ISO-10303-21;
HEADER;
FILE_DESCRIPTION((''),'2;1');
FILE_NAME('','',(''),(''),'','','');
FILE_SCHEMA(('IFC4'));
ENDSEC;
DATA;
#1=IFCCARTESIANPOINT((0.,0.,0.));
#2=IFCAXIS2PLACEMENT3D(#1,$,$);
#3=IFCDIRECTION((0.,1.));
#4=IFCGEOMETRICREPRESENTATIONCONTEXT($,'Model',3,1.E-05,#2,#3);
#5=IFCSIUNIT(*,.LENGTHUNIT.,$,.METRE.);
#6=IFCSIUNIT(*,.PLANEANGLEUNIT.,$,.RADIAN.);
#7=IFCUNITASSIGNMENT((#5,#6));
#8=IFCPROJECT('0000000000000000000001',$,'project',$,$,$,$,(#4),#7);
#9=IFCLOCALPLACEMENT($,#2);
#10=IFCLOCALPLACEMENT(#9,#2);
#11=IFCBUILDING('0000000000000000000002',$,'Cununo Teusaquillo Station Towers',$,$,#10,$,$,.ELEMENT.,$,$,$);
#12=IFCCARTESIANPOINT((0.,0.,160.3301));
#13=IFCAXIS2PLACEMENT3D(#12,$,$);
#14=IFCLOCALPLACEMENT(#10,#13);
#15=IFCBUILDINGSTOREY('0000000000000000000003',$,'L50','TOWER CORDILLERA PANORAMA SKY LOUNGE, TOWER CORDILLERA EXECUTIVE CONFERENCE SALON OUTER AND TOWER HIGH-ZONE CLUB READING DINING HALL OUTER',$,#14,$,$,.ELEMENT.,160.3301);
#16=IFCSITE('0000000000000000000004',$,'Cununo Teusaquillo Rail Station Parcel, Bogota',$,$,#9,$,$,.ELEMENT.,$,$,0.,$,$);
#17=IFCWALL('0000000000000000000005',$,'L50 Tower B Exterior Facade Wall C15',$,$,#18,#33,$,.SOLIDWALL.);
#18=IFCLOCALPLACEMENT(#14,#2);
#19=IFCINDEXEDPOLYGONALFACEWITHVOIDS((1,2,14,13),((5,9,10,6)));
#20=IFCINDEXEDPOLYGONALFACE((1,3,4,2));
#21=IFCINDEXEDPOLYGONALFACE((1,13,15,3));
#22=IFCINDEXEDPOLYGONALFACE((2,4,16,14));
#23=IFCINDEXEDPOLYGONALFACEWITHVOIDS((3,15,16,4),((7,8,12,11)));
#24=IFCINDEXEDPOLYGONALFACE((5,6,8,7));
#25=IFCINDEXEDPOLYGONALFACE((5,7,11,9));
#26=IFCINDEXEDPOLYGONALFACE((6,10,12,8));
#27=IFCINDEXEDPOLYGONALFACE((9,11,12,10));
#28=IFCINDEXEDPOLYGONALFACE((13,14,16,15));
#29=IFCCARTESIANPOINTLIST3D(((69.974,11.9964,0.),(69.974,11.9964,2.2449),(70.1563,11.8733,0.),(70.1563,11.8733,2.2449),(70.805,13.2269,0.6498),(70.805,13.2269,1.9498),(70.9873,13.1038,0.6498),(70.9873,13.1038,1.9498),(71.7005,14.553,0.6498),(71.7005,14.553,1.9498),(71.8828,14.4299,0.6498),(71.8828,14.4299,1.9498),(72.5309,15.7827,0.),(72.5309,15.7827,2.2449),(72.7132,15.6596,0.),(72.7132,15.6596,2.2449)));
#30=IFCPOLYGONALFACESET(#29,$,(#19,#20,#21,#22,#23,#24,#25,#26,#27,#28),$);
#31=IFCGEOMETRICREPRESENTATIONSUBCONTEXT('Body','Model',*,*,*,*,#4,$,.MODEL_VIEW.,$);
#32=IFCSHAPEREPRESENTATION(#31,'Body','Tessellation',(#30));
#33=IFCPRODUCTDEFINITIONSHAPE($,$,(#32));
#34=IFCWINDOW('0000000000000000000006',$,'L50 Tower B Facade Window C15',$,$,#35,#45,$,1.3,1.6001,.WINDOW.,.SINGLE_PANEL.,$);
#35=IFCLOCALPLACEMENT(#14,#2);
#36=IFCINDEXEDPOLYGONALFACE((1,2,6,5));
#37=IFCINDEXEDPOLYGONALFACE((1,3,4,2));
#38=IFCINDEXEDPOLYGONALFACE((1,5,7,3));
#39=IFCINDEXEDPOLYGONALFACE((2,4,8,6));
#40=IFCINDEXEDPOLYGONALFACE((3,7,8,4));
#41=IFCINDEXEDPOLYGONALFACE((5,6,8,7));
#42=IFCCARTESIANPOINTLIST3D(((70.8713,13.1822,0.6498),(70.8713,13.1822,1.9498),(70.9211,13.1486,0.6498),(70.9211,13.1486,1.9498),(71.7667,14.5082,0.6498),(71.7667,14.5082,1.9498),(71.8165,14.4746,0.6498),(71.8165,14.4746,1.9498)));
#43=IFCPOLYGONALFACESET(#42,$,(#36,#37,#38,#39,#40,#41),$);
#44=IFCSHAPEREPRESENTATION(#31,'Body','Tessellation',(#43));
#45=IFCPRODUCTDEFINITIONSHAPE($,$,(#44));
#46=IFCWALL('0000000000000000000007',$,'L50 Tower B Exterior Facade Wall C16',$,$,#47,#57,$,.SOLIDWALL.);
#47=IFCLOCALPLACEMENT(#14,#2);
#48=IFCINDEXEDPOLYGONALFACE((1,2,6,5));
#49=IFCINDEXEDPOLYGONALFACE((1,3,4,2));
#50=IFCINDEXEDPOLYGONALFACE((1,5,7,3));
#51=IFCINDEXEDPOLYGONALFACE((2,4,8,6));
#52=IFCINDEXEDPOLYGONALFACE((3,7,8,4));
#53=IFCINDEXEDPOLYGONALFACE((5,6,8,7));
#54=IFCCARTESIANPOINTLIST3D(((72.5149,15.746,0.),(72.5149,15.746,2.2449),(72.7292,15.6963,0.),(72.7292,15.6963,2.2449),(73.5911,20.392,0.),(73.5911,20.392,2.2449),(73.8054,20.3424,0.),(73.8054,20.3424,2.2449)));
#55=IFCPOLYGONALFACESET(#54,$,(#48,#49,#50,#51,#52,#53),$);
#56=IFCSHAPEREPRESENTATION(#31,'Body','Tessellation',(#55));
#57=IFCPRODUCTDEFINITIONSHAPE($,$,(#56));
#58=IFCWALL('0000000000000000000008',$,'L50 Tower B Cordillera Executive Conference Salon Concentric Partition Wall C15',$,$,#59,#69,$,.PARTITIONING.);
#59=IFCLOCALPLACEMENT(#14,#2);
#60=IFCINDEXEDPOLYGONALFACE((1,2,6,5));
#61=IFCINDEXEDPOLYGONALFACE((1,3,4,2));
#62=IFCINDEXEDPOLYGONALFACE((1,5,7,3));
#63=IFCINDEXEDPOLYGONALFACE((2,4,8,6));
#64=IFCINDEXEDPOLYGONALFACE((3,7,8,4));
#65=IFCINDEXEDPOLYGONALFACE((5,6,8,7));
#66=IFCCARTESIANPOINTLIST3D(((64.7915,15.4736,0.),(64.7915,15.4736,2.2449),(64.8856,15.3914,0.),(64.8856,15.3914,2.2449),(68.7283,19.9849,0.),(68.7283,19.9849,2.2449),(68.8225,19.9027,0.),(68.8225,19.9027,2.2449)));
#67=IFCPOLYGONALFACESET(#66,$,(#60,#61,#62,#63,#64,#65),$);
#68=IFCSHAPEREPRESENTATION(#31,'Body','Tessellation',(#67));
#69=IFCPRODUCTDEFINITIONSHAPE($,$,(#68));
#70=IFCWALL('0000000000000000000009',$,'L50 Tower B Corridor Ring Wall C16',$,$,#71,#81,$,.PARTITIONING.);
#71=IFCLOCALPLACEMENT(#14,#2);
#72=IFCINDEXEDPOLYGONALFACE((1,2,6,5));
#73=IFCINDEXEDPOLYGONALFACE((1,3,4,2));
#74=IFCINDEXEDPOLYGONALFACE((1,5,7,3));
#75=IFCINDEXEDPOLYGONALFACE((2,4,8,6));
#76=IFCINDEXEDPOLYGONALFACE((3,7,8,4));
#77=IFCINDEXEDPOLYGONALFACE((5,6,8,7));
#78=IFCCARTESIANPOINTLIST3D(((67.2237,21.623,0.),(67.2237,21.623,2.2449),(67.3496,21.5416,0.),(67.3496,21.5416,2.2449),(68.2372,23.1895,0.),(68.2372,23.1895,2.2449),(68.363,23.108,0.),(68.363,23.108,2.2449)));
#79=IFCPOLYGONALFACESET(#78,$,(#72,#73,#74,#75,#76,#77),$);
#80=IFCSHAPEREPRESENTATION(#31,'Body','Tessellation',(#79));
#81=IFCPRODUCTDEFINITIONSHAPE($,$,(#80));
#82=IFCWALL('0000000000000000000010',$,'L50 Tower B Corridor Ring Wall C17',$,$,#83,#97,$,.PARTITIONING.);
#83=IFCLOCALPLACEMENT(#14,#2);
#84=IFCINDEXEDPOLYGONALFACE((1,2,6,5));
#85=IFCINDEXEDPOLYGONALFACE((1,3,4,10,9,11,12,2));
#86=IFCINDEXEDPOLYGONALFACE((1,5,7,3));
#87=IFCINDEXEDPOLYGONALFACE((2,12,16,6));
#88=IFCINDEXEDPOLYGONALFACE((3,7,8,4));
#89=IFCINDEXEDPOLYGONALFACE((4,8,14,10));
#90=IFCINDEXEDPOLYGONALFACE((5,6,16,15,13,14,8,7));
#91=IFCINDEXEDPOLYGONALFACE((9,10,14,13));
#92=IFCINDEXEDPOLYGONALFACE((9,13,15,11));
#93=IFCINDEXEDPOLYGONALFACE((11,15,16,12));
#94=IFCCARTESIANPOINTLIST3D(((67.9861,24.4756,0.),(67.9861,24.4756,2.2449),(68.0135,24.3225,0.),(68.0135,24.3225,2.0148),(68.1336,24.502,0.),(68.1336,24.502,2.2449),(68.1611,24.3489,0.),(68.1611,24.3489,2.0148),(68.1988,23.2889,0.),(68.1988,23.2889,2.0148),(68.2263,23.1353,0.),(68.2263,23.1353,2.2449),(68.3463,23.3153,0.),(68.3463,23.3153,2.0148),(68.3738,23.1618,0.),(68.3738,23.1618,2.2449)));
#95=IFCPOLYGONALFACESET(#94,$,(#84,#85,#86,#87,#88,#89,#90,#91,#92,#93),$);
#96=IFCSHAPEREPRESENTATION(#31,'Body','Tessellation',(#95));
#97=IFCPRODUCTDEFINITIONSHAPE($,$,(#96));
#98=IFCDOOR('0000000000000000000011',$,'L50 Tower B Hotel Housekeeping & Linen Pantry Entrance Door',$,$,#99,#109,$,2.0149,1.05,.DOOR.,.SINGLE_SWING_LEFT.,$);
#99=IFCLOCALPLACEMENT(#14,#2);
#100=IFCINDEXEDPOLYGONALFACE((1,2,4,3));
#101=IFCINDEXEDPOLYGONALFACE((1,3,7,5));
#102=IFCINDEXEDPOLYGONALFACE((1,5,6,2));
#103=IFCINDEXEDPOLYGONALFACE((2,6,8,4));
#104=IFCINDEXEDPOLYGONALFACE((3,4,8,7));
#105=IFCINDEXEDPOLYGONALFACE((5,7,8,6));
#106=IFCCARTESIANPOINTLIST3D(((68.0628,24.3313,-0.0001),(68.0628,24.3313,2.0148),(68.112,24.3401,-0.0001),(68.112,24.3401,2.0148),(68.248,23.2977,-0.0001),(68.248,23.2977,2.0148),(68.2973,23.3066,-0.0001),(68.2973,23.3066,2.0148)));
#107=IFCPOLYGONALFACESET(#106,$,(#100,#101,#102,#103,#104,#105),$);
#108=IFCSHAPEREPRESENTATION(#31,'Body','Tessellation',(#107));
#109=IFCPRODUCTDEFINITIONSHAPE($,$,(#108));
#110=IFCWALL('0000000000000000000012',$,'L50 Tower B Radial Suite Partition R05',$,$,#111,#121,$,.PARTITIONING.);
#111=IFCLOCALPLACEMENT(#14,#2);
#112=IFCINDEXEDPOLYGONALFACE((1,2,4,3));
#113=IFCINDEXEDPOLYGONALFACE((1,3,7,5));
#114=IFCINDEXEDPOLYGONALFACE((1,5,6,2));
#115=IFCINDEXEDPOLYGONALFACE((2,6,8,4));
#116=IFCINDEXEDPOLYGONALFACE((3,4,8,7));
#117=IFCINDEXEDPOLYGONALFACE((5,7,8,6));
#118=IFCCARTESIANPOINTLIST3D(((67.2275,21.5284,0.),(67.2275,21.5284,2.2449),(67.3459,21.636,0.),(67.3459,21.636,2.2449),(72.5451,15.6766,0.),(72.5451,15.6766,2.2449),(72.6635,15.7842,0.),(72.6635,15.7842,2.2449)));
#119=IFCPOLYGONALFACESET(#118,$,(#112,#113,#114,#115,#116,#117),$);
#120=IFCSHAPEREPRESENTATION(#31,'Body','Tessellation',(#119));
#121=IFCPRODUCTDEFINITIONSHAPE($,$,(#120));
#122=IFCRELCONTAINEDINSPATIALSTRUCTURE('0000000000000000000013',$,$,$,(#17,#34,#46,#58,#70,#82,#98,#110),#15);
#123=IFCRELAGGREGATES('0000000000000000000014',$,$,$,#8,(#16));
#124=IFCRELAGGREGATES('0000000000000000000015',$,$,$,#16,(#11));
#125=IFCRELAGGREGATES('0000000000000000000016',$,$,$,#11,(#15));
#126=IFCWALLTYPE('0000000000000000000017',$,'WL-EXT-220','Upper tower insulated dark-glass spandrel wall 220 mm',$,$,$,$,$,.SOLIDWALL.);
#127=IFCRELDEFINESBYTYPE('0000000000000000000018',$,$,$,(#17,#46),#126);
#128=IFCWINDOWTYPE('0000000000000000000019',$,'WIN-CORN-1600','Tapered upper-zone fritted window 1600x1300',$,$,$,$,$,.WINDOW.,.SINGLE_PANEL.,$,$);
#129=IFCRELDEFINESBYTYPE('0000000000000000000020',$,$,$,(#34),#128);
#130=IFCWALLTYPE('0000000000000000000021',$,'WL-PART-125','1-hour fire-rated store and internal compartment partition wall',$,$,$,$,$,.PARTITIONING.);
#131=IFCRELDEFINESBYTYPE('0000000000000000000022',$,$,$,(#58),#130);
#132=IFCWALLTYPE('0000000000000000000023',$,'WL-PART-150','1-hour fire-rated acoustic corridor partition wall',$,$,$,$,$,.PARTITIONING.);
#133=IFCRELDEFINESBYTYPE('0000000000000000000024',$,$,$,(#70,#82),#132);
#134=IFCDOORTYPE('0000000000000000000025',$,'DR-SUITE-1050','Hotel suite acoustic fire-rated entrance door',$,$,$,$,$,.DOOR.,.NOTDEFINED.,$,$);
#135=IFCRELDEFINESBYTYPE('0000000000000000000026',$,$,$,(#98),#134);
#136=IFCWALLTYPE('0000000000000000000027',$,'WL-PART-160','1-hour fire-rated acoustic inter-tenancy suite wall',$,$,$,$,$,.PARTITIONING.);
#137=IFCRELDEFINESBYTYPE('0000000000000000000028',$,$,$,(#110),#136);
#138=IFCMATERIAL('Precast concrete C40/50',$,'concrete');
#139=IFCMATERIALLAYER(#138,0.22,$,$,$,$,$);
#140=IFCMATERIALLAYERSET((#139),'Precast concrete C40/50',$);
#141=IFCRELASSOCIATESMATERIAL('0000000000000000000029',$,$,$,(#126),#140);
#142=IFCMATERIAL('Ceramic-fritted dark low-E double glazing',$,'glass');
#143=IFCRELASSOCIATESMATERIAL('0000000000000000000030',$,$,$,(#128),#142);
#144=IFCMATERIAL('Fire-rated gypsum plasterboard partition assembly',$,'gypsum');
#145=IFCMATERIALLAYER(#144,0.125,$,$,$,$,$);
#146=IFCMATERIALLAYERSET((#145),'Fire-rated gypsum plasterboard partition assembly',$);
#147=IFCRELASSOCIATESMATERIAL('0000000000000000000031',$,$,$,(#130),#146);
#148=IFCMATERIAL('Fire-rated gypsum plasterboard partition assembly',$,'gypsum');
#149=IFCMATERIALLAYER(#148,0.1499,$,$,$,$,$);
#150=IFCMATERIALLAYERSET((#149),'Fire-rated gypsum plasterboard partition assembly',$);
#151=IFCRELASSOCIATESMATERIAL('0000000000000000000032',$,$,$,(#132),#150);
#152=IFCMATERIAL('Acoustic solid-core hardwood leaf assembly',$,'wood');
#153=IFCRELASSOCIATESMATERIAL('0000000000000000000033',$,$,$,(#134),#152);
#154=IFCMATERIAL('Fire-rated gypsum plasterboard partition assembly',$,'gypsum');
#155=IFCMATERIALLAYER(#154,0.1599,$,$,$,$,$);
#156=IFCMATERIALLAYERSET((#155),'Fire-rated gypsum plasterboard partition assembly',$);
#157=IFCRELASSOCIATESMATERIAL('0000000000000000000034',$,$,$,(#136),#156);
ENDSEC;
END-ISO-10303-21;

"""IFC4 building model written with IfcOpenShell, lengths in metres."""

from ifc_helpers import new_model, si_unit, direction, frame, frame_2d, origin, place, context, subcontext, project, spatial, rectangle, extrude, source, transform, mapped, material, layer, layer_set, type_object, element, fill, save


model = new_model("IFC4")

# Units and contexts
model_context = context("Model", 3, precision=1e-05, world=origin(), true_north=direction((0.0, 1.0)))
body_context = subcontext(model_context, "Body", "Model", "MODEL_VIEW")
ifc_project = project(units=[si_unit("LENGTHUNIT", "METRE"), si_unit("PLANEANGLEUNIT", "RADIAN")], contexts=[model_context])

# Site, building, storey
site_placement = place(None, origin())
site = spatial("IfcSite", under=ifc_project, at=site_placement, Name="Cununo Teusaquillo Rail Station Parcel, Bogota", CompositionType="ELEMENT", RefElevation=0.0)
building_placement = place(site_placement, origin())
building = spatial("IfcBuilding", under=site, at=building_placement, Name="Cununo Teusaquillo Station Towers", CompositionType="ELEMENT")
storey_placement = place(building_placement, frame((0.0, 0.0, 160.3301)))
storey = spatial("IfcBuildingStorey", under=building, at=storey_placement, Name="L50", Description="TOWER CORDILLERA PANORAMA SKY LOUNGE, TOWER CORDILLERA EXECUTIVE CONFERENCE SALON OUTER AND TOWER HIGH-ZONE CLUB READING DINING HALL OUTER", CompositionType="ELEMENT", Elevation=160.3301)

# Shared definitions
ifc_material_1 = material(Name="Precast concrete C40/50", Category="concrete")
ifc_layer_1 = layer(ifc_material_1, 0.22)
ifc_layer_set_1 = layer_set([ifc_layer_1], Name="Precast concrete C40/50")
wall_type_1 = type_object("IfcWallType", Name="WL-EXT-220", Description="Upper tower insulated dark-glass spandrel wall 220 mm", PredefinedType="SOLIDWALL", material=ifc_layer_set_1)
shared_shape_1 = source(origin(), body_context, "Body", "SweptSolid", [
    extrude(rectangle(XDim=1.6001, YDim=1.3, at=frame_2d((0.8, 0.6499))), frame((0.0, 0.1199, 0.0), z_axis=(0.0, -1.0, 0.0), x_axis=(1.0, 0.0, 0.0)), (0.0, 0.0, 1.0), 0.24),
])
ifc_material_2 = material(Name="Ceramic-fritted dark low-E double glazing", Category="glass")
window_type = type_object("IfcWindowType", Name="WIN-CORN-1600", Description="Tapered upper-zone fritted window 1600x1300", PartitioningType="SINGLE_PANEL", PredefinedType="WINDOW", material=ifc_material_2)
shared_shape_2 = source(origin(), body_context, "Body", "SweptSolid", [
    extrude(rectangle(XDim=1.6001, YDim=1.3, at=frame_2d((0.8, 0.6499))), frame((0.0, 0.03, 0.0), z_axis=(0.0, -1.0, 0.0), x_axis=(1.0, 0.0, 0.0)), (0.0, 0.0, 1.0), 0.0601),
])

# Wall, opening, window
wall_1_placement = place(storey_placement, frame((72.6221, 15.7212, 0.0), z_axis=(0.0, 0.0, 1.0), x_axis=(-0.559635, -0.828739, 0.0)))
wall_1 = element("IfcWall", 1, at=wall_1_placement, inside=storey, type_object=wall_type_1, Name="L50 Tower B Exterior Facade Wall C15", PredefinedType="SOLIDWALL", context=body_context, shape_type="SweptSolid", body=[
    extrude(rectangle(XDim=4.5688, YDim=0.22, at=frame_2d((2.2844, 0.0))), origin(), (0.0, 0.0, 1.0), 2.2449),
])
opening_1_placement = place(wall_1_placement, frame((1.4839, 0.0, 0.6499)))
opening_1 = element("IfcOpeningElement", 2, at=opening_1_placement, cuts=wall_1, PredefinedType="OPENING", context=body_context, shape_type="MappedRepresentation", body=[
    mapped(shared_shape_1, transform((0.0, 0.0, 0.0), x_axis=(1.0, 0.0, 0.0), y_axis=(0.0, 1.0, 0.0), z_axis=(0.0, 0.0, 1.0), scale=1.0)),
])
window_1_placement = place(opening_1_placement, origin())
window_1 = element("IfcWindow", 3, at=window_1_placement, inside=storey, type_object=window_type, Name="L50 Tower B Facade Window C15", OverallHeight=1.3, OverallWidth=1.6001, PartitioningType="SINGLE_PANEL", PredefinedType="WINDOW", context=body_context, shape_type="MappedRepresentation", body=[
    mapped(shared_shape_2, transform((0.0, 0.0, 0.0), x_axis=(1.0, 0.0, 0.0), y_axis=(0.0, 1.0, 0.0), z_axis=(0.0, 0.0, 1.0), scale=1.0)),
])
fill(opening_1, window_1)

# Walls
wall_2_placement = place(storey_placement, frame((73.6982, 20.3672, 0.0), z_axis=(0.0, 0.0, 1.0), x_axis=(-0.22566, -0.974206, 0.0)))
element("IfcWall", 4, at=wall_2_placement, inside=storey, type_object=wall_type_1, Name="L50 Tower B Exterior Facade Wall C16", PredefinedType="SOLIDWALL", context=body_context, shape_type="SweptSolid", body=[
    extrude(rectangle(XDim=4.769, YDim=0.22, at=frame_2d((2.3845, 0.0))), origin(), (0.0, 0.0, 1.0), 2.2449),
])
ifc_material_3 = material(Name="Fire-rated gypsum plasterboard partition assembly", Category="gypsum")
ifc_layer_2 = layer(ifc_material_3, 0.125)
ifc_layer_set_2 = layer_set([ifc_layer_2], Name="Fire-rated gypsum plasterboard partition assembly")
wall_type_2 = type_object("IfcWallType", Name="WL-PART-125", Description="1-hour fire-rated store and internal compartment partition wall", PredefinedType="PARTITIONING", material=ifc_layer_set_2)
wall_3_placement = place(storey_placement, frame((64.8386, 15.4326, 0.0), z_axis=(0.0, 0.0, 1.0), x_axis=(0.657505, 0.75345, 0.0)))
element("IfcWall", 5, at=wall_3_placement, inside=storey, type_object=wall_type_2, Name="L50 Tower B Cordillera Executive Conference Salon Concentric Partition Wall C15", PredefinedType="PARTITIONING", context=body_context, shape_type="SweptSolid", body=[
    extrude(rectangle(XDim=5.9875, YDim=0.125, at=frame_2d((2.9937, 0.0))), origin(), (0.0, 0.0, 1.0), 2.2449),
])
ifc_material_4 = material(Name="Fire-rated gypsum plasterboard partition assembly", Category="gypsum")
ifc_layer_3 = layer(ifc_material_4, 0.1499)
ifc_layer_set_3 = layer_set([ifc_layer_3], Name="Fire-rated gypsum plasterboard partition assembly")
wall_type_3 = type_object("IfcWallType", Name="WL-PART-150", Description="1-hour fire-rated acoustic corridor partition wall", PredefinedType="PARTITIONING", material=ifc_layer_set_3)
wall_4_placement = place(storey_placement, frame((67.2866, 21.5823, 0.0), z_axis=(0.0, 0.0, 1.0), x_axis=(0.543202, 0.839602, 0.0)))
element("IfcWall", 6, at=wall_4_placement, inside=storey, type_object=wall_type_3, Name="L50 Tower B Corridor Ring Wall C16", PredefinedType="PARTITIONING", context=body_context, shape_type="SweptSolid", body=[
    extrude(rectangle(XDim=1.8657, YDim=0.1499, at=frame_2d((0.9329, 0.0))), origin(), (0.0, 0.0, 1.0), 2.2449),
])

# Wall, opening, door
wall_5_placement = place(storey_placement, frame((68.3, 23.1487, 0.0), z_axis=(0.0, 0.0, 1.0), x_axis=(-0.176424, 0.984314, 0.0)))
wall_5 = element("IfcWall", 7, at=wall_5_placement, inside=storey, type_object=wall_type_3, Name="L50 Tower B Corridor Ring Wall C17", PredefinedType="PARTITIONING", context=body_context, shape_type="SweptSolid", body=[
    extrude(rectangle(XDim=1.3616, YDim=0.1499, at=frame_2d((0.6807, 0.0))), origin(), (0.0, 0.0, 1.0), 2.2449),
])
shared_shape_3 = source(origin(), body_context, "Body", "SweptSolid", [
    extrude(rectangle(XDim=1.05, YDim=2.0149, at=frame_2d((0.5249, 1.0073))), frame((0.0, 0.085, 0.0), z_axis=(0.0, -1.0, 0.0), x_axis=(1.0, 0.0, 0.0)), (0.0, 0.0, 1.0), 0.1699),
])
opening_2_placement = place(wall_5_placement, frame((0.156, 0.0, 0.0)))
opening_2 = element("IfcOpeningElement", 8, at=opening_2_placement, cuts=wall_5, PredefinedType="OPENING", context=body_context, shape_type="MappedRepresentation", body=[
    mapped(shared_shape_3, transform((0.0, 0.0, 0.0), x_axis=(1.0, 0.0, 0.0), y_axis=(0.0, 1.0, 0.0), z_axis=(0.0, 0.0, 1.0), scale=1.0)),
])
ifc_material_5 = material(Name="Acoustic solid-core hardwood leaf assembly", Category="wood")
door_type = type_object("IfcDoorType", Name="DR-SUITE-1050", Description="Hotel suite acoustic fire-rated entrance door", OperationType="NOTDEFINED", PredefinedType="DOOR", material=ifc_material_5)
shared_shape_4 = source(origin(), body_context, "Body", "SweptSolid", [
    extrude(rectangle(XDim=1.05, YDim=2.0149, at=frame_2d((0.5249, 1.0073))), frame((0.0, 0.0249, 0.0), z_axis=(0.0, -1.0, 0.0), x_axis=(1.0, 0.0, 0.0)), (0.0, 0.0, 1.0), 0.05),
])
door_placement = place(opening_2_placement, origin())
door = element("IfcDoor", 9, at=door_placement, inside=storey, type_object=door_type, Name="L50 Tower B Hotel Housekeeping & Linen Pantry Entrance Door", OperationType="SINGLE_SWING_LEFT", OverallHeight=2.0149, OverallWidth=1.05, PredefinedType="DOOR", context=body_context, shape_type="MappedRepresentation", body=[
    mapped(shared_shape_4, transform((0.0, 0.0, 0.0), x_axis=(1.0, 0.0, 0.0), y_axis=(0.0, 1.0, 0.0), z_axis=(0.0, 0.0, 1.0), scale=1.0)),
])
fill(opening_2, door)

# Wall
ifc_material_6 = material(Name="Fire-rated gypsum plasterboard partition assembly", Category="gypsum")
ifc_layer_4 = layer(ifc_material_6, 0.1599)
ifc_layer_set_4 = layer_set([ifc_layer_4], Name="Fire-rated gypsum plasterboard partition assembly")
wall_type_4 = type_object("IfcWallType", Name="WL-PART-160", Description="1-hour fire-rated acoustic inter-tenancy suite wall", PredefinedType="PARTITIONING", material=ifc_layer_set_4)
wall_6_placement = place(storey_placement, frame((67.2866, 21.5823, 0.0), z_axis=(0.0, 0.0, 1.0), x_axis=(0.672521, -0.740078, 0.0)))
element("IfcWall", 10, at=wall_6_placement, inside=storey, type_object=wall_type_4, Name="L50 Tower B Radial Suite Partition R05", PredefinedType="PARTITIONING", context=body_context, shape_type="SweptSolid", body=[
    extrude(rectangle(XDim=7.907, YDim=0.1599, at=frame_2d((3.9536, 0.0))), origin(), (0.0, 0.0, 1.0), 2.2449),
])

save(model, "model.ifc")
